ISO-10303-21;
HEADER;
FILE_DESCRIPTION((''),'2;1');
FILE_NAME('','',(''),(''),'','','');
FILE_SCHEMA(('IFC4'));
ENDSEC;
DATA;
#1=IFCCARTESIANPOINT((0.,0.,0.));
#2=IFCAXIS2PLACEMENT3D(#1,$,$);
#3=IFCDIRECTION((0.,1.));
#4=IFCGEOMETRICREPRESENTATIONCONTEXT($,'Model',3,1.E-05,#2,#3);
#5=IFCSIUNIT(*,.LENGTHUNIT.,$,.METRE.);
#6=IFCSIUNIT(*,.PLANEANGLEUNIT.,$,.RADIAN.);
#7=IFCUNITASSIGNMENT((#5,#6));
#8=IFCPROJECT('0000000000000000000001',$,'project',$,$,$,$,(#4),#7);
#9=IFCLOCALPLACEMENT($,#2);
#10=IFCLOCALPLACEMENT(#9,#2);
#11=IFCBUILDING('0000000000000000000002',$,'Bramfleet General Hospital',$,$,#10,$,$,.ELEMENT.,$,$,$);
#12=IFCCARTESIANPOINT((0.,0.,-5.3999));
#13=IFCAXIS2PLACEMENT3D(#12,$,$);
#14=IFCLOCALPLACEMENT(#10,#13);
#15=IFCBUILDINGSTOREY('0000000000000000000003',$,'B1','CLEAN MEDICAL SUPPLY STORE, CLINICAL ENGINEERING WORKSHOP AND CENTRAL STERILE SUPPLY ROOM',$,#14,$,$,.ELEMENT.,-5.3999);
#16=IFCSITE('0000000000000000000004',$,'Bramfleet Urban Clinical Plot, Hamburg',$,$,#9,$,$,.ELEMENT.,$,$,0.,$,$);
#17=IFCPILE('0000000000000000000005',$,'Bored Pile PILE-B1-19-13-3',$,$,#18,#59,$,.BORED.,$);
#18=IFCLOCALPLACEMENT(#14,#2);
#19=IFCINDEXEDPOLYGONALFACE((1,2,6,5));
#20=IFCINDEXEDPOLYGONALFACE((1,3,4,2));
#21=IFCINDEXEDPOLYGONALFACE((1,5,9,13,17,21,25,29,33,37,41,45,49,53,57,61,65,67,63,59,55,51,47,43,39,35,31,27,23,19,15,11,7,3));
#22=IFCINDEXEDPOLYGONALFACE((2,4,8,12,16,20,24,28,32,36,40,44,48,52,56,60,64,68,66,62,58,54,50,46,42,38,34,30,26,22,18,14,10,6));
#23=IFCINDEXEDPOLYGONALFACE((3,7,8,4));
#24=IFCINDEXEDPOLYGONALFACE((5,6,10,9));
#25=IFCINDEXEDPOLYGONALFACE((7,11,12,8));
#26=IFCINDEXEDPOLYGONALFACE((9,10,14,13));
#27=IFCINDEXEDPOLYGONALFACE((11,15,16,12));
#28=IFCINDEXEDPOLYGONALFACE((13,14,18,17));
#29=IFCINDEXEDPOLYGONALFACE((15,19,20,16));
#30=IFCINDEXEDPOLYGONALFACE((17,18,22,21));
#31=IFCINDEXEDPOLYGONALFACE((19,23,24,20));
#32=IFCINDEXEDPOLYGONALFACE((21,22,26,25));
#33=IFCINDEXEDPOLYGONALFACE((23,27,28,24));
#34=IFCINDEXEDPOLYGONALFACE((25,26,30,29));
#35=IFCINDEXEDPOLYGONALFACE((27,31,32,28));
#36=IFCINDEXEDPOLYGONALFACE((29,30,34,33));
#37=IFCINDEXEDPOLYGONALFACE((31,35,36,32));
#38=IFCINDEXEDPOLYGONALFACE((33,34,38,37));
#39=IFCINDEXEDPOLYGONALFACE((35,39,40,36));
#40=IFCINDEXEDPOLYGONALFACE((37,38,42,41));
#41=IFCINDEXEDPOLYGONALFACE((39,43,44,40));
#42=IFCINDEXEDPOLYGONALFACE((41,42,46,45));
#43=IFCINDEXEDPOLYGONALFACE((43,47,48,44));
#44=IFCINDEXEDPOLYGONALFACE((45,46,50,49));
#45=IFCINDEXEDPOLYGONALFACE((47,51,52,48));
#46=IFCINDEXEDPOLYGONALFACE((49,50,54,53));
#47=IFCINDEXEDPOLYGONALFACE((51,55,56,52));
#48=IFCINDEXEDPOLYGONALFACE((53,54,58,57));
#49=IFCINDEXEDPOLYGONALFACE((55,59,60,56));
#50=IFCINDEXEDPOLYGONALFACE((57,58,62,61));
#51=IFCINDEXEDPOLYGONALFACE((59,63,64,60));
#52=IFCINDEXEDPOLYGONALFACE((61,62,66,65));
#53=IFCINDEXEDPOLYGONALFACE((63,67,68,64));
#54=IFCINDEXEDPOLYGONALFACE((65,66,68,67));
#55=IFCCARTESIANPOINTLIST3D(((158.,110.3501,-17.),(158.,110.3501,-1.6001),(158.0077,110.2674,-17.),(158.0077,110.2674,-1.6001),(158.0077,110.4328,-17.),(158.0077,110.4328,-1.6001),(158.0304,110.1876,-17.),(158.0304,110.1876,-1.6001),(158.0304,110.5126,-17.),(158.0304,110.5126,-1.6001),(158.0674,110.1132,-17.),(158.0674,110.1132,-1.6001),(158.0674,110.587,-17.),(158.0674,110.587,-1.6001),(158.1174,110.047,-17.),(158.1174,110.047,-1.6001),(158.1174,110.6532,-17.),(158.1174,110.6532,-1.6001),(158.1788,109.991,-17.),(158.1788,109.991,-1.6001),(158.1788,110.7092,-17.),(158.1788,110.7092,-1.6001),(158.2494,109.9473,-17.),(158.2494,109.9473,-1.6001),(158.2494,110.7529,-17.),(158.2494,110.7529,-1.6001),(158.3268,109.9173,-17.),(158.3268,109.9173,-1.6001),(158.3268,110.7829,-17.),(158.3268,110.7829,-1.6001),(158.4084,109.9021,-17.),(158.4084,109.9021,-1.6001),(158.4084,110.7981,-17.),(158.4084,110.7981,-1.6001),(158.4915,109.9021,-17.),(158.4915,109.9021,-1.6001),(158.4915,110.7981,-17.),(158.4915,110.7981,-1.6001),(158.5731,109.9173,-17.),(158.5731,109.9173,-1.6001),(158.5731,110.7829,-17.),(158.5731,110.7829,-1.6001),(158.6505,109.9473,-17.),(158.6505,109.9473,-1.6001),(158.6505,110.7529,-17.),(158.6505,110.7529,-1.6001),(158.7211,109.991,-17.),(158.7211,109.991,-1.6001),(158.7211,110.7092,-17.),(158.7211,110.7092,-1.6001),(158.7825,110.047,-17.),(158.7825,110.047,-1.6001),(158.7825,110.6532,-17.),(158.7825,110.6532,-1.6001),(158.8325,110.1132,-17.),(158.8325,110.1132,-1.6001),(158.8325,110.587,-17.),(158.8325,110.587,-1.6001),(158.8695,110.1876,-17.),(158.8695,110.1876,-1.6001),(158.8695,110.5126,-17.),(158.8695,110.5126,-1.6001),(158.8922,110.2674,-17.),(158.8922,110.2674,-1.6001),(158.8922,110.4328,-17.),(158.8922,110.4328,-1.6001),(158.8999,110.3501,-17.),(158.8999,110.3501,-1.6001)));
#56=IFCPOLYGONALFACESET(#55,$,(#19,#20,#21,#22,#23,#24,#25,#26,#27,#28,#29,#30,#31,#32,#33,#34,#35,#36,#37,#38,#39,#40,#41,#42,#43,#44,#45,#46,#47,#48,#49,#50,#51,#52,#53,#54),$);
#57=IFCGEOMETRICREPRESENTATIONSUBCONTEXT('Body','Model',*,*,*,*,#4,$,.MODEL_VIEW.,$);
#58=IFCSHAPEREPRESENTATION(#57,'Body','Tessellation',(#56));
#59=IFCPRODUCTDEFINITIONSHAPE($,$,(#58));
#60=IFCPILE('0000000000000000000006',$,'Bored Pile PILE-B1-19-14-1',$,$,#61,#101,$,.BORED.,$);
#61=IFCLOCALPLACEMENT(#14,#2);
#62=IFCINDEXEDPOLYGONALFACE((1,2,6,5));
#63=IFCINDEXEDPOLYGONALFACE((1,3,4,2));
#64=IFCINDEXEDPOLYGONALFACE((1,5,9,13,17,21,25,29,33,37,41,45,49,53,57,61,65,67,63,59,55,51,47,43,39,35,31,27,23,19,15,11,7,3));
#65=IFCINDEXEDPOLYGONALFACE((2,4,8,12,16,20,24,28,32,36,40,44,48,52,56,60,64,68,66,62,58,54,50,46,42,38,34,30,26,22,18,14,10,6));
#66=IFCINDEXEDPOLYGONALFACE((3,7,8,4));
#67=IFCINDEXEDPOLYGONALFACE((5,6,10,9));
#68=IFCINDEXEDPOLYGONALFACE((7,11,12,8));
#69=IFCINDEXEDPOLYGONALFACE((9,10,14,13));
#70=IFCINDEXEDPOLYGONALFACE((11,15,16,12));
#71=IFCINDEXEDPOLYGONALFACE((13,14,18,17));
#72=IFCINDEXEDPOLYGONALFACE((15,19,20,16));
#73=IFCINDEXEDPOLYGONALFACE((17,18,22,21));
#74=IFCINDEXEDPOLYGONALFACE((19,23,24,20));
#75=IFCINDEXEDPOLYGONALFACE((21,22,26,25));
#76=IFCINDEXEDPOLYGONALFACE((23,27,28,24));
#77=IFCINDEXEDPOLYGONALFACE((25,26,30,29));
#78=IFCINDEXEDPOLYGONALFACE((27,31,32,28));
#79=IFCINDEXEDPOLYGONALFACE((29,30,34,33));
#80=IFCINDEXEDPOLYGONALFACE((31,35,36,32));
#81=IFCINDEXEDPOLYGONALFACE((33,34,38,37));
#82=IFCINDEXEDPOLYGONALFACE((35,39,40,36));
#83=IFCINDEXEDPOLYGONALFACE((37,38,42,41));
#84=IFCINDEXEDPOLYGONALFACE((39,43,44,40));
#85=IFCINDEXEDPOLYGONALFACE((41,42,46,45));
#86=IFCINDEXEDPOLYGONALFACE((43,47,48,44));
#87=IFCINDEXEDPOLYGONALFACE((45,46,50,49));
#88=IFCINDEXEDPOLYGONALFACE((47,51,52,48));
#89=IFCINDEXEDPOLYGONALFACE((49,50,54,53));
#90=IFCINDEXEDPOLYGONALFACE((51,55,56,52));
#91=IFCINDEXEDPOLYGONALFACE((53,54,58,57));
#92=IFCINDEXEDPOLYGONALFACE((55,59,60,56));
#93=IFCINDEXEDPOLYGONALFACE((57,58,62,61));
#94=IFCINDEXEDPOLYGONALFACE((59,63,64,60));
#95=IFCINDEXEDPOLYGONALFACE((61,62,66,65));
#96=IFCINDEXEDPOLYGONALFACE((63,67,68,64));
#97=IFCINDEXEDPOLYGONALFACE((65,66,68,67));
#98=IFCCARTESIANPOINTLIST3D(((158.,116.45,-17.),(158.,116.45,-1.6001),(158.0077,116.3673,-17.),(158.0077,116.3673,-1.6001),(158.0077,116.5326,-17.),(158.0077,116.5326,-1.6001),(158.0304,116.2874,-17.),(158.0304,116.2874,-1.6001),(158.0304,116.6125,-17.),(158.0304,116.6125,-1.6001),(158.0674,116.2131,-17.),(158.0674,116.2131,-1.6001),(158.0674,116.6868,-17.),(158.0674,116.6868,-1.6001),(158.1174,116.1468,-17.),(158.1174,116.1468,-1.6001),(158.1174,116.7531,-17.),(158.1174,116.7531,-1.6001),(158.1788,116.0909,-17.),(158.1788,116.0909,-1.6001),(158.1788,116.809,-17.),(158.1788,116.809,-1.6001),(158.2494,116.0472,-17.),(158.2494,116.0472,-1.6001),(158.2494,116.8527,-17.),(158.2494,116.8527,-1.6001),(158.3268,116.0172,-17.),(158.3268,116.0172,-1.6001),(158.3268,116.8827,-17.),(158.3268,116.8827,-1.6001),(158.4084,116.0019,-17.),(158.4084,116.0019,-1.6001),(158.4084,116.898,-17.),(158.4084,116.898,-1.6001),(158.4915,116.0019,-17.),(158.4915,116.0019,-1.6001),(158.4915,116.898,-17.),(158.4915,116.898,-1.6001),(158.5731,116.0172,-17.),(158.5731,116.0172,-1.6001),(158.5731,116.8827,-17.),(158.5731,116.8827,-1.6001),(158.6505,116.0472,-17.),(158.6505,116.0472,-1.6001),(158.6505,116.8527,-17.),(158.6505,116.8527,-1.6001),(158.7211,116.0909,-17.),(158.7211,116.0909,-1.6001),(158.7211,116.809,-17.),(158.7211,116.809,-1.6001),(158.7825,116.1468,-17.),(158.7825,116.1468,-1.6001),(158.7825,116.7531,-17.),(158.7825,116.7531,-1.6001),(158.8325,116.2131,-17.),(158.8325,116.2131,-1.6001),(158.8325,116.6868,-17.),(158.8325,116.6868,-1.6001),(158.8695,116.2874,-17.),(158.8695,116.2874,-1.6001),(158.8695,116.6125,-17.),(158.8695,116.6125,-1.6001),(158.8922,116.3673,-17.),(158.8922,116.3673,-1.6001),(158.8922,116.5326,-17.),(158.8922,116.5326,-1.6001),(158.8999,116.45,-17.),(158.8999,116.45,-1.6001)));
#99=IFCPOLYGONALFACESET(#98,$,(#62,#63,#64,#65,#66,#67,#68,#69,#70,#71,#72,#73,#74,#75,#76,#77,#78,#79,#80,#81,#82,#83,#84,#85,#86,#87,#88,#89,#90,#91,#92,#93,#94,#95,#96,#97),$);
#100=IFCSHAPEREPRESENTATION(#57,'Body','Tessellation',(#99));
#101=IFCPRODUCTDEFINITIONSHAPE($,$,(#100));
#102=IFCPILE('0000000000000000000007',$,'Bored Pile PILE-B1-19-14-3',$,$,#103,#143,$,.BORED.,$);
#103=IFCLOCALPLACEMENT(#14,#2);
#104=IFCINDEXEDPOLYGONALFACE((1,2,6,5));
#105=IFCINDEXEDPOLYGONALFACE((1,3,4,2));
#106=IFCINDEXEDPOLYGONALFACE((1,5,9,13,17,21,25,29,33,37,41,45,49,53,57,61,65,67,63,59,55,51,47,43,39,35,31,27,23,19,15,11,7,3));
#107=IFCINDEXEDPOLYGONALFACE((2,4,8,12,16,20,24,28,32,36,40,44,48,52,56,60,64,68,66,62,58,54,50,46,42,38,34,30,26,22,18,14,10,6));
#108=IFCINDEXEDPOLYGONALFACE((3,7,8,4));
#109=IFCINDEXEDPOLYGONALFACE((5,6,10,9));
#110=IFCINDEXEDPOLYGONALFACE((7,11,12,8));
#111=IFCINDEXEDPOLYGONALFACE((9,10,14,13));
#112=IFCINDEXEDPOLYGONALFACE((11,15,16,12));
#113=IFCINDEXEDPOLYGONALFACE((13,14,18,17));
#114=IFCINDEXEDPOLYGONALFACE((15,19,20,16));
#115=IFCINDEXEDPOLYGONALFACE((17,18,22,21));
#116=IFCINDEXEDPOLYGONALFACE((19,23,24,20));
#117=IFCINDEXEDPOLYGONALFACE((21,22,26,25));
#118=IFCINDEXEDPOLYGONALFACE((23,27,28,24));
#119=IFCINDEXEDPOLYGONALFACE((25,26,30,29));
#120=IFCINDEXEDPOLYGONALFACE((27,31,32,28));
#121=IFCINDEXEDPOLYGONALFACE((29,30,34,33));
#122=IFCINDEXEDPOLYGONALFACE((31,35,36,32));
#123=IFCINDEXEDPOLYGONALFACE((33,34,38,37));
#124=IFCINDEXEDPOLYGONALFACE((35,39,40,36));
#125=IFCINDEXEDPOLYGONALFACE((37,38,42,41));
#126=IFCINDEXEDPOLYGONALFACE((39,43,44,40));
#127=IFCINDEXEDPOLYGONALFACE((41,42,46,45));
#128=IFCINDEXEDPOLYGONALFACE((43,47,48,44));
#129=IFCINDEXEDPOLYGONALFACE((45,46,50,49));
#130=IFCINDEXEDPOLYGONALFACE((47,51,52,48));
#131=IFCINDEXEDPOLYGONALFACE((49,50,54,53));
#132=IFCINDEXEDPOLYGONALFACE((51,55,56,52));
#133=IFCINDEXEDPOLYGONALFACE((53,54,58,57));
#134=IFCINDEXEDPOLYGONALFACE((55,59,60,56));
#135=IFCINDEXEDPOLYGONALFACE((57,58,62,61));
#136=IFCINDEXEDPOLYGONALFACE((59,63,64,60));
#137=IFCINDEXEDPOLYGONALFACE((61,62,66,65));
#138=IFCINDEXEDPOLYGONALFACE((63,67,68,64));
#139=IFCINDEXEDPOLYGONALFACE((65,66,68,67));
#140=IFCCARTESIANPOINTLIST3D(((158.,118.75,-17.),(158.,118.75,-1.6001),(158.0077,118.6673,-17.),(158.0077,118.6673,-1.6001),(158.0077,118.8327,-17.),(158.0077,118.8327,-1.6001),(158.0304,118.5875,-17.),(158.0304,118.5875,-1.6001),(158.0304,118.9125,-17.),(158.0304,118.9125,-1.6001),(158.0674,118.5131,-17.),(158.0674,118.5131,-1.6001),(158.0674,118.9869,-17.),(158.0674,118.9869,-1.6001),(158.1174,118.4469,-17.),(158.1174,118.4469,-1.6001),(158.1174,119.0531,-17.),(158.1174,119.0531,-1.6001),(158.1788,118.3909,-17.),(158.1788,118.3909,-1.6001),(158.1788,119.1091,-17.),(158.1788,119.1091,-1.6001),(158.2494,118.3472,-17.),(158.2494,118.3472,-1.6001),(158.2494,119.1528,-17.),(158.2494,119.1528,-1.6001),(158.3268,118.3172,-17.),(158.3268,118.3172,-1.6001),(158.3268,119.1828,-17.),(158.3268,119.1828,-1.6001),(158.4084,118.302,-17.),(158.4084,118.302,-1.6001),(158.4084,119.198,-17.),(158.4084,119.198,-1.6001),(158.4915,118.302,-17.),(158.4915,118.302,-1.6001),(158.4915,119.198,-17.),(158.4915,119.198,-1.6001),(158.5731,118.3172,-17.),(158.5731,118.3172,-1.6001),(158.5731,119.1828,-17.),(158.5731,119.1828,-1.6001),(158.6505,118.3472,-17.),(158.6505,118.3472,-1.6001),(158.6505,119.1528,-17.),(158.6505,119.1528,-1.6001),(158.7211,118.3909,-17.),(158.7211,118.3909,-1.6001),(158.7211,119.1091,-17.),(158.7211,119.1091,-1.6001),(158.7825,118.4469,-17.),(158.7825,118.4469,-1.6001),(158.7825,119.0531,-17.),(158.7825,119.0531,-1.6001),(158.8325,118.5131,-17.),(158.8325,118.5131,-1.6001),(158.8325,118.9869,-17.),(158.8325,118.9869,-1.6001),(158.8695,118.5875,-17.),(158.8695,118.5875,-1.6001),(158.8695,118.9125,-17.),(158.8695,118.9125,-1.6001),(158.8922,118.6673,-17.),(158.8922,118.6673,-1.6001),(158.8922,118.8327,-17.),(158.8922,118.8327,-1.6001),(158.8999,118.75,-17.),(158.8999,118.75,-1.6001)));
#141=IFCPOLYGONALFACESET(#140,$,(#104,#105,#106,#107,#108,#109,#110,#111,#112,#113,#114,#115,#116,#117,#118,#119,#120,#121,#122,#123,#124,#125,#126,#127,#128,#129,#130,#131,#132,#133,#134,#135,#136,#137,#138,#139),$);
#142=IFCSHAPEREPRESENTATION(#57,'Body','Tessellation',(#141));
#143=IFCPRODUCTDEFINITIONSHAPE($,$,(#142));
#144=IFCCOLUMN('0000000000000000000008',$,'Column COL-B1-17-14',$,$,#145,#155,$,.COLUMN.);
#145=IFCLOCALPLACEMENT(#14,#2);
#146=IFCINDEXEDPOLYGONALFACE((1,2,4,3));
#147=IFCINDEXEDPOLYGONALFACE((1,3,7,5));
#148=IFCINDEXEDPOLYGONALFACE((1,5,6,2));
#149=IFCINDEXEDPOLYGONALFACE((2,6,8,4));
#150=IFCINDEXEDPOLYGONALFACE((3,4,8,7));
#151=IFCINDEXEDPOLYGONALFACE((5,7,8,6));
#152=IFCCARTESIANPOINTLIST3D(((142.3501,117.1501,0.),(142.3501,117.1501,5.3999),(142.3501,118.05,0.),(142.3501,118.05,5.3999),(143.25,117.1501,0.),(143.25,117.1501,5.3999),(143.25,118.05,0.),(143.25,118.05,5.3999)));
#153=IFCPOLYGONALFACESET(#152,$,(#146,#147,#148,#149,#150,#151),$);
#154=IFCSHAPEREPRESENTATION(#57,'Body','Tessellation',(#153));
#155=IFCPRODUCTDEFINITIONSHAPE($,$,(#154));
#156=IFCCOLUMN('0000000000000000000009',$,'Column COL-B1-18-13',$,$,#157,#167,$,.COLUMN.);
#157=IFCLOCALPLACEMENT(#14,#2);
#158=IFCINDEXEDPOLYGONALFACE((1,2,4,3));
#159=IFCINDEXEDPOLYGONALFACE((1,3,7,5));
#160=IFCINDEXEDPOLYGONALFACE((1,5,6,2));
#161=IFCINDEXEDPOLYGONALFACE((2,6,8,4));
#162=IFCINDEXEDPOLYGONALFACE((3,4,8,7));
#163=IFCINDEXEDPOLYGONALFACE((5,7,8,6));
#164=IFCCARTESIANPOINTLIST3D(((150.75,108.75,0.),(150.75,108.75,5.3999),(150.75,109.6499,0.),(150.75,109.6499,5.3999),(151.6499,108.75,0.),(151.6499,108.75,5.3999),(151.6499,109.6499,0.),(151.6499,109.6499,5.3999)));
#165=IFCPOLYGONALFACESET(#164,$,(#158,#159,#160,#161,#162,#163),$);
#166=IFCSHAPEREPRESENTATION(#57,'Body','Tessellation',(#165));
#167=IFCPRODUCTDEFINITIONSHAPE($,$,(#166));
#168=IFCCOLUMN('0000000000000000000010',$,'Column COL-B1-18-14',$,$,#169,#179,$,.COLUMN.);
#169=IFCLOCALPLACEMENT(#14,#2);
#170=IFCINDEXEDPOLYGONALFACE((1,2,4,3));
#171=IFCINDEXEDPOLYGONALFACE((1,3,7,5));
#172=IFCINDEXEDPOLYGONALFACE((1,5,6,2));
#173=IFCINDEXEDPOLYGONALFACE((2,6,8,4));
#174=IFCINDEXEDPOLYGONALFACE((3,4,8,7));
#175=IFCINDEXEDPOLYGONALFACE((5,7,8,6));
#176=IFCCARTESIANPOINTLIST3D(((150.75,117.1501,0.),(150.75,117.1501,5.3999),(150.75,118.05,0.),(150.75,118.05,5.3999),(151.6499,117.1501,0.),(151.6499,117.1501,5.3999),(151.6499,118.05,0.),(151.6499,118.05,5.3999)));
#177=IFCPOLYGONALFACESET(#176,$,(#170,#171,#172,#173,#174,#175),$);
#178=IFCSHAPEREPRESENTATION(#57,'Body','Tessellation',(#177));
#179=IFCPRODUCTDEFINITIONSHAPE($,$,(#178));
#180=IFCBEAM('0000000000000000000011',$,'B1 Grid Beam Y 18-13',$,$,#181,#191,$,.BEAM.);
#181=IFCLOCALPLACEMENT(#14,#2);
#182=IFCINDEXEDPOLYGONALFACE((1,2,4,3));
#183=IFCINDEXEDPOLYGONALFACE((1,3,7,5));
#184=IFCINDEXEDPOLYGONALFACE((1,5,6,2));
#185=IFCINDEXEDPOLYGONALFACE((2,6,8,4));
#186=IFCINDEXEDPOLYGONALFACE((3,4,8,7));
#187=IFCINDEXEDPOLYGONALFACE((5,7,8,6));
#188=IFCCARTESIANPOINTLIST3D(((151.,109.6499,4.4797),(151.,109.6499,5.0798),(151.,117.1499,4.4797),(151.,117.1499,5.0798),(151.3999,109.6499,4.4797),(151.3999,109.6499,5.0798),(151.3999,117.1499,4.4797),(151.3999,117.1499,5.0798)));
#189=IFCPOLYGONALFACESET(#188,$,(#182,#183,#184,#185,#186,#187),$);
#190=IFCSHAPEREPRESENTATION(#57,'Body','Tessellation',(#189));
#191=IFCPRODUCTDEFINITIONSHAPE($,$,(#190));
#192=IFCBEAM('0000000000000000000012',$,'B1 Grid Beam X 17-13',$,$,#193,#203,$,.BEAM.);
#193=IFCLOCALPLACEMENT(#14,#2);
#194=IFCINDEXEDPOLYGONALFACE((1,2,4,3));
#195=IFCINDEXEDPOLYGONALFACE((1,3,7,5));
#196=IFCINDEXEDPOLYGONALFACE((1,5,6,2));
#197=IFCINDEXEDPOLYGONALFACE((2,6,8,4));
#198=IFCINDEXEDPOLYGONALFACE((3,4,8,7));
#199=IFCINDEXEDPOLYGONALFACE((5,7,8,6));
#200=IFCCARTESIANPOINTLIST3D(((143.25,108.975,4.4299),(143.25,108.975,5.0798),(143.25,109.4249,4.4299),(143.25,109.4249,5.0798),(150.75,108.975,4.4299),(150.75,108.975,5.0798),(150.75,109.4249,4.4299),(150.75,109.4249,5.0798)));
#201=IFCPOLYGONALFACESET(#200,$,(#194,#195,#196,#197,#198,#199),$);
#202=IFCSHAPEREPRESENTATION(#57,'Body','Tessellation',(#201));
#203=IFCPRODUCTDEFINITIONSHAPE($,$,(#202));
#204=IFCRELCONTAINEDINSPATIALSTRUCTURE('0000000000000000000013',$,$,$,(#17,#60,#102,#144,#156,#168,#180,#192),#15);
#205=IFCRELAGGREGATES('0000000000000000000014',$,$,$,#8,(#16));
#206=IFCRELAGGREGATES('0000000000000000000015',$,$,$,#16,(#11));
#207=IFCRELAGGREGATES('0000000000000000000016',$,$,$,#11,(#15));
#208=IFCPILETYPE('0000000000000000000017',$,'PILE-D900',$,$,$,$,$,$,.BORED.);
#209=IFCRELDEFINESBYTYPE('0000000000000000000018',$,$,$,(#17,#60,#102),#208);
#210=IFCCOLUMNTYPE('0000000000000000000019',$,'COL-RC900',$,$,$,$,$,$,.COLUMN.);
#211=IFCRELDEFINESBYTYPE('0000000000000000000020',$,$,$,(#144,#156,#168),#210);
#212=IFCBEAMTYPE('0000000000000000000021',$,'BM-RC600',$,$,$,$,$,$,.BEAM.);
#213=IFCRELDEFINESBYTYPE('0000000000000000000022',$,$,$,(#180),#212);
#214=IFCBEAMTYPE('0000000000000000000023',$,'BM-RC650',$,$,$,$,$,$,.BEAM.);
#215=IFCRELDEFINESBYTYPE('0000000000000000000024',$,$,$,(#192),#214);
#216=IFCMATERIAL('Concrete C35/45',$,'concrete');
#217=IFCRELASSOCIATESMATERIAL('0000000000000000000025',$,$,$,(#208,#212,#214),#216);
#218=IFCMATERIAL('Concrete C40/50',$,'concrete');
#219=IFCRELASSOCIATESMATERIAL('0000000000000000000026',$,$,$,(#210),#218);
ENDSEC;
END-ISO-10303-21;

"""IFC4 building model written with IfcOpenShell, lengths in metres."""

from ifc_helpers import new_model, si_unit, direction, frame, origin, origin_2d, place, context, subcontext, project, spatial, rectangle, circle, extrude, material, material_profile, profile_set, type_object, element, save


model = new_model("IFC4")

# Units and contexts
model_context = context("Model", 3, precision=1e-05, world=origin(), true_north=direction((0.0, 1.0)))
body_context = subcontext(model_context, "Body", "Model", "MODEL_VIEW")
ifc_project = project(units=[si_unit("LENGTHUNIT", "METRE"), si_unit("PLANEANGLEUNIT", "RADIAN")], contexts=[model_context])

# Site, building, storey
site_placement = place(None, origin())
site = spatial("IfcSite", under=ifc_project, at=site_placement, Name="Bramfleet Urban Clinical Plot, Hamburg", CompositionType="ELEMENT", RefElevation=0.0)
building_placement = place(site_placement, origin())
building = spatial("IfcBuilding", under=site, at=building_placement, Name="Bramfleet General Hospital", CompositionType="ELEMENT")
storey_placement = place(building_placement, frame((0.0, 0.0, -5.3999)))
storey = spatial("IfcBuildingStorey", under=building, at=storey_placement, Name="B1", Description="CLEAN MEDICAL SUPPLY STORE, CLINICAL ENGINEERING WORKSHOP AND CENTRAL STERILE SUPPLY ROOM", CompositionType="ELEMENT", Elevation=-5.3999)

# Shared definitions
ifc_material_1 = material(Name="Concrete C35/45", Category="concrete")

# Piles
ifc_material_profile_1 = material_profile(ifc_material_1, circle(Radius=0.45, at=origin_2d()), Name="PILE BORED D900")
ifc_profile_set_1 = profile_set([ifc_material_profile_1], Name="Concrete C35/45")
pile_type_1 = type_object("IfcPileType", Name="PILE-D900", PredefinedType="BORED", material=ifc_profile_set_1)
for number, where, z_axis, x_axis, name in (
    (1, (158.45, 110.3501, -1.6001), (0.0, 0.0, -1.0), (1.0, 0.0, 0.0), "Bored Pile PILE-B1-19-13-3"),
    (2, (158.45, 116.45, -1.6001), (0.0, 0.0, -1.0), (1.0, 0.0, 0.0), "Bored Pile PILE-B1-19-14-1"),
    (3, (158.45, 118.75, -1.6001), (0.0, 0.0, -1.0), (1.0, 0.0, 0.0), "Bored Pile PILE-B1-19-14-3"),
):
    element("IfcPile", number, at=place(storey_placement, frame(where, z_axis=z_axis, x_axis=x_axis)), inside=storey, type_object=pile_type_1, Name=name, PredefinedType="BORED", context=body_context, shape_type="SweptSolid", body=[
        extrude(circle(Radius=0.45, at=origin_2d()), origin(), (0.0, 0.0, 1.0), 15.3999),
    ])

# Columns
ifc_material_2 = material(Name="Concrete C40/50", Category="concrete")
ifc_material_profile_2 = material_profile(ifc_material_2, rectangle(XDim=0.8999, YDim=0.8999, at=origin_2d()), Name="RC COL 900x900")
ifc_profile_set_2 = profile_set([ifc_material_profile_2], Name="Concrete C40/50")
column_type = type_object("IfcColumnType", Name="COL-RC900", PredefinedType="COLUMN", material=ifc_profile_set_2)
for number, where, z_axis, x_axis, name in (
    (4, (142.8, 117.6001, 0.0), (0.0, 0.0, 1.0), (1.0, 0.0, 0.0), "Column COL-B1-17-14"),
    (5, (151.2, 109.2, 0.0), (0.0, 0.0, 1.0), (1.0, 0.0, 0.0), "Column COL-B1-18-13"),
    (6, (151.2, 117.6001, 0.0), (0.0, 0.0, 1.0), (1.0, 0.0, 0.0), "Column COL-B1-18-14"),
):
    element("IfcColumn", number, at=place(storey_placement, frame(where, z_axis=z_axis, x_axis=x_axis)), inside=storey, type_object=column_type, Name=name, PredefinedType="COLUMN", context=body_context, shape_type="SweptSolid", body=[
        extrude(rectangle(XDim=0.8999, YDim=0.8999, at=origin_2d()), origin(), (0.0, 0.0, 1.0), 5.3999),
    ])

# Beams
ifc_material_profile_3 = material_profile(ifc_material_1, rectangle(XDim=0.3999, YDim=0.6001, at=origin_2d()), Name="RC BM 600x400")
ifc_profile_set_3 = profile_set([ifc_material_profile_3], Name="Concrete C35/45")
beam_type_1 = type_object("IfcBeamType", Name="BM-RC600", PredefinedType="BEAM", material=ifc_profile_set_3)
beam_1_placement = place(storey_placement, frame((151.2, 109.6499, 4.7798), z_axis=(0.0, 1.0, 0.0), x_axis=(-1.0, 0.0, 0.0)))
element("IfcBeam", 7, at=beam_1_placement, inside=storey, type_object=beam_type_1, Name="B1 Grid Beam Y 18-13", PredefinedType="BEAM", context=body_context, shape_type="SweptSolid", body=[
    extrude(rectangle(XDim=0.3999, YDim=0.6001, at=origin_2d()), origin(), (0.0, 0.0, 1.0), 7.5),
])
ifc_material_profile_4 = material_profile(ifc_material_1, rectangle(XDim=0.45, YDim=0.6499, at=origin_2d()), Name="RC BM 650x450")
ifc_profile_set_4 = profile_set([ifc_material_profile_4], Name="Concrete C35/45")
beam_type_2 = type_object("IfcBeamType", Name="BM-RC650", PredefinedType="BEAM", material=ifc_profile_set_4)
beam_2_placement = place(storey_placement, frame((143.25, 109.2, 4.7549), z_axis=(1.0, 0.0, 0.0), x_axis=(0.0, 1.0, 0.0)))
element("IfcBeam", 8, at=beam_2_placement, inside=storey, type_object=beam_type_2, Name="B1 Grid Beam X 17-13", PredefinedType="BEAM", context=body_context, shape_type="SweptSolid", body=[
    extrude(rectangle(XDim=0.45, YDim=0.6499, at=origin_2d()), origin(), (0.0, 0.0, 1.0), 7.5),
])

save(model, "model.ifc")
